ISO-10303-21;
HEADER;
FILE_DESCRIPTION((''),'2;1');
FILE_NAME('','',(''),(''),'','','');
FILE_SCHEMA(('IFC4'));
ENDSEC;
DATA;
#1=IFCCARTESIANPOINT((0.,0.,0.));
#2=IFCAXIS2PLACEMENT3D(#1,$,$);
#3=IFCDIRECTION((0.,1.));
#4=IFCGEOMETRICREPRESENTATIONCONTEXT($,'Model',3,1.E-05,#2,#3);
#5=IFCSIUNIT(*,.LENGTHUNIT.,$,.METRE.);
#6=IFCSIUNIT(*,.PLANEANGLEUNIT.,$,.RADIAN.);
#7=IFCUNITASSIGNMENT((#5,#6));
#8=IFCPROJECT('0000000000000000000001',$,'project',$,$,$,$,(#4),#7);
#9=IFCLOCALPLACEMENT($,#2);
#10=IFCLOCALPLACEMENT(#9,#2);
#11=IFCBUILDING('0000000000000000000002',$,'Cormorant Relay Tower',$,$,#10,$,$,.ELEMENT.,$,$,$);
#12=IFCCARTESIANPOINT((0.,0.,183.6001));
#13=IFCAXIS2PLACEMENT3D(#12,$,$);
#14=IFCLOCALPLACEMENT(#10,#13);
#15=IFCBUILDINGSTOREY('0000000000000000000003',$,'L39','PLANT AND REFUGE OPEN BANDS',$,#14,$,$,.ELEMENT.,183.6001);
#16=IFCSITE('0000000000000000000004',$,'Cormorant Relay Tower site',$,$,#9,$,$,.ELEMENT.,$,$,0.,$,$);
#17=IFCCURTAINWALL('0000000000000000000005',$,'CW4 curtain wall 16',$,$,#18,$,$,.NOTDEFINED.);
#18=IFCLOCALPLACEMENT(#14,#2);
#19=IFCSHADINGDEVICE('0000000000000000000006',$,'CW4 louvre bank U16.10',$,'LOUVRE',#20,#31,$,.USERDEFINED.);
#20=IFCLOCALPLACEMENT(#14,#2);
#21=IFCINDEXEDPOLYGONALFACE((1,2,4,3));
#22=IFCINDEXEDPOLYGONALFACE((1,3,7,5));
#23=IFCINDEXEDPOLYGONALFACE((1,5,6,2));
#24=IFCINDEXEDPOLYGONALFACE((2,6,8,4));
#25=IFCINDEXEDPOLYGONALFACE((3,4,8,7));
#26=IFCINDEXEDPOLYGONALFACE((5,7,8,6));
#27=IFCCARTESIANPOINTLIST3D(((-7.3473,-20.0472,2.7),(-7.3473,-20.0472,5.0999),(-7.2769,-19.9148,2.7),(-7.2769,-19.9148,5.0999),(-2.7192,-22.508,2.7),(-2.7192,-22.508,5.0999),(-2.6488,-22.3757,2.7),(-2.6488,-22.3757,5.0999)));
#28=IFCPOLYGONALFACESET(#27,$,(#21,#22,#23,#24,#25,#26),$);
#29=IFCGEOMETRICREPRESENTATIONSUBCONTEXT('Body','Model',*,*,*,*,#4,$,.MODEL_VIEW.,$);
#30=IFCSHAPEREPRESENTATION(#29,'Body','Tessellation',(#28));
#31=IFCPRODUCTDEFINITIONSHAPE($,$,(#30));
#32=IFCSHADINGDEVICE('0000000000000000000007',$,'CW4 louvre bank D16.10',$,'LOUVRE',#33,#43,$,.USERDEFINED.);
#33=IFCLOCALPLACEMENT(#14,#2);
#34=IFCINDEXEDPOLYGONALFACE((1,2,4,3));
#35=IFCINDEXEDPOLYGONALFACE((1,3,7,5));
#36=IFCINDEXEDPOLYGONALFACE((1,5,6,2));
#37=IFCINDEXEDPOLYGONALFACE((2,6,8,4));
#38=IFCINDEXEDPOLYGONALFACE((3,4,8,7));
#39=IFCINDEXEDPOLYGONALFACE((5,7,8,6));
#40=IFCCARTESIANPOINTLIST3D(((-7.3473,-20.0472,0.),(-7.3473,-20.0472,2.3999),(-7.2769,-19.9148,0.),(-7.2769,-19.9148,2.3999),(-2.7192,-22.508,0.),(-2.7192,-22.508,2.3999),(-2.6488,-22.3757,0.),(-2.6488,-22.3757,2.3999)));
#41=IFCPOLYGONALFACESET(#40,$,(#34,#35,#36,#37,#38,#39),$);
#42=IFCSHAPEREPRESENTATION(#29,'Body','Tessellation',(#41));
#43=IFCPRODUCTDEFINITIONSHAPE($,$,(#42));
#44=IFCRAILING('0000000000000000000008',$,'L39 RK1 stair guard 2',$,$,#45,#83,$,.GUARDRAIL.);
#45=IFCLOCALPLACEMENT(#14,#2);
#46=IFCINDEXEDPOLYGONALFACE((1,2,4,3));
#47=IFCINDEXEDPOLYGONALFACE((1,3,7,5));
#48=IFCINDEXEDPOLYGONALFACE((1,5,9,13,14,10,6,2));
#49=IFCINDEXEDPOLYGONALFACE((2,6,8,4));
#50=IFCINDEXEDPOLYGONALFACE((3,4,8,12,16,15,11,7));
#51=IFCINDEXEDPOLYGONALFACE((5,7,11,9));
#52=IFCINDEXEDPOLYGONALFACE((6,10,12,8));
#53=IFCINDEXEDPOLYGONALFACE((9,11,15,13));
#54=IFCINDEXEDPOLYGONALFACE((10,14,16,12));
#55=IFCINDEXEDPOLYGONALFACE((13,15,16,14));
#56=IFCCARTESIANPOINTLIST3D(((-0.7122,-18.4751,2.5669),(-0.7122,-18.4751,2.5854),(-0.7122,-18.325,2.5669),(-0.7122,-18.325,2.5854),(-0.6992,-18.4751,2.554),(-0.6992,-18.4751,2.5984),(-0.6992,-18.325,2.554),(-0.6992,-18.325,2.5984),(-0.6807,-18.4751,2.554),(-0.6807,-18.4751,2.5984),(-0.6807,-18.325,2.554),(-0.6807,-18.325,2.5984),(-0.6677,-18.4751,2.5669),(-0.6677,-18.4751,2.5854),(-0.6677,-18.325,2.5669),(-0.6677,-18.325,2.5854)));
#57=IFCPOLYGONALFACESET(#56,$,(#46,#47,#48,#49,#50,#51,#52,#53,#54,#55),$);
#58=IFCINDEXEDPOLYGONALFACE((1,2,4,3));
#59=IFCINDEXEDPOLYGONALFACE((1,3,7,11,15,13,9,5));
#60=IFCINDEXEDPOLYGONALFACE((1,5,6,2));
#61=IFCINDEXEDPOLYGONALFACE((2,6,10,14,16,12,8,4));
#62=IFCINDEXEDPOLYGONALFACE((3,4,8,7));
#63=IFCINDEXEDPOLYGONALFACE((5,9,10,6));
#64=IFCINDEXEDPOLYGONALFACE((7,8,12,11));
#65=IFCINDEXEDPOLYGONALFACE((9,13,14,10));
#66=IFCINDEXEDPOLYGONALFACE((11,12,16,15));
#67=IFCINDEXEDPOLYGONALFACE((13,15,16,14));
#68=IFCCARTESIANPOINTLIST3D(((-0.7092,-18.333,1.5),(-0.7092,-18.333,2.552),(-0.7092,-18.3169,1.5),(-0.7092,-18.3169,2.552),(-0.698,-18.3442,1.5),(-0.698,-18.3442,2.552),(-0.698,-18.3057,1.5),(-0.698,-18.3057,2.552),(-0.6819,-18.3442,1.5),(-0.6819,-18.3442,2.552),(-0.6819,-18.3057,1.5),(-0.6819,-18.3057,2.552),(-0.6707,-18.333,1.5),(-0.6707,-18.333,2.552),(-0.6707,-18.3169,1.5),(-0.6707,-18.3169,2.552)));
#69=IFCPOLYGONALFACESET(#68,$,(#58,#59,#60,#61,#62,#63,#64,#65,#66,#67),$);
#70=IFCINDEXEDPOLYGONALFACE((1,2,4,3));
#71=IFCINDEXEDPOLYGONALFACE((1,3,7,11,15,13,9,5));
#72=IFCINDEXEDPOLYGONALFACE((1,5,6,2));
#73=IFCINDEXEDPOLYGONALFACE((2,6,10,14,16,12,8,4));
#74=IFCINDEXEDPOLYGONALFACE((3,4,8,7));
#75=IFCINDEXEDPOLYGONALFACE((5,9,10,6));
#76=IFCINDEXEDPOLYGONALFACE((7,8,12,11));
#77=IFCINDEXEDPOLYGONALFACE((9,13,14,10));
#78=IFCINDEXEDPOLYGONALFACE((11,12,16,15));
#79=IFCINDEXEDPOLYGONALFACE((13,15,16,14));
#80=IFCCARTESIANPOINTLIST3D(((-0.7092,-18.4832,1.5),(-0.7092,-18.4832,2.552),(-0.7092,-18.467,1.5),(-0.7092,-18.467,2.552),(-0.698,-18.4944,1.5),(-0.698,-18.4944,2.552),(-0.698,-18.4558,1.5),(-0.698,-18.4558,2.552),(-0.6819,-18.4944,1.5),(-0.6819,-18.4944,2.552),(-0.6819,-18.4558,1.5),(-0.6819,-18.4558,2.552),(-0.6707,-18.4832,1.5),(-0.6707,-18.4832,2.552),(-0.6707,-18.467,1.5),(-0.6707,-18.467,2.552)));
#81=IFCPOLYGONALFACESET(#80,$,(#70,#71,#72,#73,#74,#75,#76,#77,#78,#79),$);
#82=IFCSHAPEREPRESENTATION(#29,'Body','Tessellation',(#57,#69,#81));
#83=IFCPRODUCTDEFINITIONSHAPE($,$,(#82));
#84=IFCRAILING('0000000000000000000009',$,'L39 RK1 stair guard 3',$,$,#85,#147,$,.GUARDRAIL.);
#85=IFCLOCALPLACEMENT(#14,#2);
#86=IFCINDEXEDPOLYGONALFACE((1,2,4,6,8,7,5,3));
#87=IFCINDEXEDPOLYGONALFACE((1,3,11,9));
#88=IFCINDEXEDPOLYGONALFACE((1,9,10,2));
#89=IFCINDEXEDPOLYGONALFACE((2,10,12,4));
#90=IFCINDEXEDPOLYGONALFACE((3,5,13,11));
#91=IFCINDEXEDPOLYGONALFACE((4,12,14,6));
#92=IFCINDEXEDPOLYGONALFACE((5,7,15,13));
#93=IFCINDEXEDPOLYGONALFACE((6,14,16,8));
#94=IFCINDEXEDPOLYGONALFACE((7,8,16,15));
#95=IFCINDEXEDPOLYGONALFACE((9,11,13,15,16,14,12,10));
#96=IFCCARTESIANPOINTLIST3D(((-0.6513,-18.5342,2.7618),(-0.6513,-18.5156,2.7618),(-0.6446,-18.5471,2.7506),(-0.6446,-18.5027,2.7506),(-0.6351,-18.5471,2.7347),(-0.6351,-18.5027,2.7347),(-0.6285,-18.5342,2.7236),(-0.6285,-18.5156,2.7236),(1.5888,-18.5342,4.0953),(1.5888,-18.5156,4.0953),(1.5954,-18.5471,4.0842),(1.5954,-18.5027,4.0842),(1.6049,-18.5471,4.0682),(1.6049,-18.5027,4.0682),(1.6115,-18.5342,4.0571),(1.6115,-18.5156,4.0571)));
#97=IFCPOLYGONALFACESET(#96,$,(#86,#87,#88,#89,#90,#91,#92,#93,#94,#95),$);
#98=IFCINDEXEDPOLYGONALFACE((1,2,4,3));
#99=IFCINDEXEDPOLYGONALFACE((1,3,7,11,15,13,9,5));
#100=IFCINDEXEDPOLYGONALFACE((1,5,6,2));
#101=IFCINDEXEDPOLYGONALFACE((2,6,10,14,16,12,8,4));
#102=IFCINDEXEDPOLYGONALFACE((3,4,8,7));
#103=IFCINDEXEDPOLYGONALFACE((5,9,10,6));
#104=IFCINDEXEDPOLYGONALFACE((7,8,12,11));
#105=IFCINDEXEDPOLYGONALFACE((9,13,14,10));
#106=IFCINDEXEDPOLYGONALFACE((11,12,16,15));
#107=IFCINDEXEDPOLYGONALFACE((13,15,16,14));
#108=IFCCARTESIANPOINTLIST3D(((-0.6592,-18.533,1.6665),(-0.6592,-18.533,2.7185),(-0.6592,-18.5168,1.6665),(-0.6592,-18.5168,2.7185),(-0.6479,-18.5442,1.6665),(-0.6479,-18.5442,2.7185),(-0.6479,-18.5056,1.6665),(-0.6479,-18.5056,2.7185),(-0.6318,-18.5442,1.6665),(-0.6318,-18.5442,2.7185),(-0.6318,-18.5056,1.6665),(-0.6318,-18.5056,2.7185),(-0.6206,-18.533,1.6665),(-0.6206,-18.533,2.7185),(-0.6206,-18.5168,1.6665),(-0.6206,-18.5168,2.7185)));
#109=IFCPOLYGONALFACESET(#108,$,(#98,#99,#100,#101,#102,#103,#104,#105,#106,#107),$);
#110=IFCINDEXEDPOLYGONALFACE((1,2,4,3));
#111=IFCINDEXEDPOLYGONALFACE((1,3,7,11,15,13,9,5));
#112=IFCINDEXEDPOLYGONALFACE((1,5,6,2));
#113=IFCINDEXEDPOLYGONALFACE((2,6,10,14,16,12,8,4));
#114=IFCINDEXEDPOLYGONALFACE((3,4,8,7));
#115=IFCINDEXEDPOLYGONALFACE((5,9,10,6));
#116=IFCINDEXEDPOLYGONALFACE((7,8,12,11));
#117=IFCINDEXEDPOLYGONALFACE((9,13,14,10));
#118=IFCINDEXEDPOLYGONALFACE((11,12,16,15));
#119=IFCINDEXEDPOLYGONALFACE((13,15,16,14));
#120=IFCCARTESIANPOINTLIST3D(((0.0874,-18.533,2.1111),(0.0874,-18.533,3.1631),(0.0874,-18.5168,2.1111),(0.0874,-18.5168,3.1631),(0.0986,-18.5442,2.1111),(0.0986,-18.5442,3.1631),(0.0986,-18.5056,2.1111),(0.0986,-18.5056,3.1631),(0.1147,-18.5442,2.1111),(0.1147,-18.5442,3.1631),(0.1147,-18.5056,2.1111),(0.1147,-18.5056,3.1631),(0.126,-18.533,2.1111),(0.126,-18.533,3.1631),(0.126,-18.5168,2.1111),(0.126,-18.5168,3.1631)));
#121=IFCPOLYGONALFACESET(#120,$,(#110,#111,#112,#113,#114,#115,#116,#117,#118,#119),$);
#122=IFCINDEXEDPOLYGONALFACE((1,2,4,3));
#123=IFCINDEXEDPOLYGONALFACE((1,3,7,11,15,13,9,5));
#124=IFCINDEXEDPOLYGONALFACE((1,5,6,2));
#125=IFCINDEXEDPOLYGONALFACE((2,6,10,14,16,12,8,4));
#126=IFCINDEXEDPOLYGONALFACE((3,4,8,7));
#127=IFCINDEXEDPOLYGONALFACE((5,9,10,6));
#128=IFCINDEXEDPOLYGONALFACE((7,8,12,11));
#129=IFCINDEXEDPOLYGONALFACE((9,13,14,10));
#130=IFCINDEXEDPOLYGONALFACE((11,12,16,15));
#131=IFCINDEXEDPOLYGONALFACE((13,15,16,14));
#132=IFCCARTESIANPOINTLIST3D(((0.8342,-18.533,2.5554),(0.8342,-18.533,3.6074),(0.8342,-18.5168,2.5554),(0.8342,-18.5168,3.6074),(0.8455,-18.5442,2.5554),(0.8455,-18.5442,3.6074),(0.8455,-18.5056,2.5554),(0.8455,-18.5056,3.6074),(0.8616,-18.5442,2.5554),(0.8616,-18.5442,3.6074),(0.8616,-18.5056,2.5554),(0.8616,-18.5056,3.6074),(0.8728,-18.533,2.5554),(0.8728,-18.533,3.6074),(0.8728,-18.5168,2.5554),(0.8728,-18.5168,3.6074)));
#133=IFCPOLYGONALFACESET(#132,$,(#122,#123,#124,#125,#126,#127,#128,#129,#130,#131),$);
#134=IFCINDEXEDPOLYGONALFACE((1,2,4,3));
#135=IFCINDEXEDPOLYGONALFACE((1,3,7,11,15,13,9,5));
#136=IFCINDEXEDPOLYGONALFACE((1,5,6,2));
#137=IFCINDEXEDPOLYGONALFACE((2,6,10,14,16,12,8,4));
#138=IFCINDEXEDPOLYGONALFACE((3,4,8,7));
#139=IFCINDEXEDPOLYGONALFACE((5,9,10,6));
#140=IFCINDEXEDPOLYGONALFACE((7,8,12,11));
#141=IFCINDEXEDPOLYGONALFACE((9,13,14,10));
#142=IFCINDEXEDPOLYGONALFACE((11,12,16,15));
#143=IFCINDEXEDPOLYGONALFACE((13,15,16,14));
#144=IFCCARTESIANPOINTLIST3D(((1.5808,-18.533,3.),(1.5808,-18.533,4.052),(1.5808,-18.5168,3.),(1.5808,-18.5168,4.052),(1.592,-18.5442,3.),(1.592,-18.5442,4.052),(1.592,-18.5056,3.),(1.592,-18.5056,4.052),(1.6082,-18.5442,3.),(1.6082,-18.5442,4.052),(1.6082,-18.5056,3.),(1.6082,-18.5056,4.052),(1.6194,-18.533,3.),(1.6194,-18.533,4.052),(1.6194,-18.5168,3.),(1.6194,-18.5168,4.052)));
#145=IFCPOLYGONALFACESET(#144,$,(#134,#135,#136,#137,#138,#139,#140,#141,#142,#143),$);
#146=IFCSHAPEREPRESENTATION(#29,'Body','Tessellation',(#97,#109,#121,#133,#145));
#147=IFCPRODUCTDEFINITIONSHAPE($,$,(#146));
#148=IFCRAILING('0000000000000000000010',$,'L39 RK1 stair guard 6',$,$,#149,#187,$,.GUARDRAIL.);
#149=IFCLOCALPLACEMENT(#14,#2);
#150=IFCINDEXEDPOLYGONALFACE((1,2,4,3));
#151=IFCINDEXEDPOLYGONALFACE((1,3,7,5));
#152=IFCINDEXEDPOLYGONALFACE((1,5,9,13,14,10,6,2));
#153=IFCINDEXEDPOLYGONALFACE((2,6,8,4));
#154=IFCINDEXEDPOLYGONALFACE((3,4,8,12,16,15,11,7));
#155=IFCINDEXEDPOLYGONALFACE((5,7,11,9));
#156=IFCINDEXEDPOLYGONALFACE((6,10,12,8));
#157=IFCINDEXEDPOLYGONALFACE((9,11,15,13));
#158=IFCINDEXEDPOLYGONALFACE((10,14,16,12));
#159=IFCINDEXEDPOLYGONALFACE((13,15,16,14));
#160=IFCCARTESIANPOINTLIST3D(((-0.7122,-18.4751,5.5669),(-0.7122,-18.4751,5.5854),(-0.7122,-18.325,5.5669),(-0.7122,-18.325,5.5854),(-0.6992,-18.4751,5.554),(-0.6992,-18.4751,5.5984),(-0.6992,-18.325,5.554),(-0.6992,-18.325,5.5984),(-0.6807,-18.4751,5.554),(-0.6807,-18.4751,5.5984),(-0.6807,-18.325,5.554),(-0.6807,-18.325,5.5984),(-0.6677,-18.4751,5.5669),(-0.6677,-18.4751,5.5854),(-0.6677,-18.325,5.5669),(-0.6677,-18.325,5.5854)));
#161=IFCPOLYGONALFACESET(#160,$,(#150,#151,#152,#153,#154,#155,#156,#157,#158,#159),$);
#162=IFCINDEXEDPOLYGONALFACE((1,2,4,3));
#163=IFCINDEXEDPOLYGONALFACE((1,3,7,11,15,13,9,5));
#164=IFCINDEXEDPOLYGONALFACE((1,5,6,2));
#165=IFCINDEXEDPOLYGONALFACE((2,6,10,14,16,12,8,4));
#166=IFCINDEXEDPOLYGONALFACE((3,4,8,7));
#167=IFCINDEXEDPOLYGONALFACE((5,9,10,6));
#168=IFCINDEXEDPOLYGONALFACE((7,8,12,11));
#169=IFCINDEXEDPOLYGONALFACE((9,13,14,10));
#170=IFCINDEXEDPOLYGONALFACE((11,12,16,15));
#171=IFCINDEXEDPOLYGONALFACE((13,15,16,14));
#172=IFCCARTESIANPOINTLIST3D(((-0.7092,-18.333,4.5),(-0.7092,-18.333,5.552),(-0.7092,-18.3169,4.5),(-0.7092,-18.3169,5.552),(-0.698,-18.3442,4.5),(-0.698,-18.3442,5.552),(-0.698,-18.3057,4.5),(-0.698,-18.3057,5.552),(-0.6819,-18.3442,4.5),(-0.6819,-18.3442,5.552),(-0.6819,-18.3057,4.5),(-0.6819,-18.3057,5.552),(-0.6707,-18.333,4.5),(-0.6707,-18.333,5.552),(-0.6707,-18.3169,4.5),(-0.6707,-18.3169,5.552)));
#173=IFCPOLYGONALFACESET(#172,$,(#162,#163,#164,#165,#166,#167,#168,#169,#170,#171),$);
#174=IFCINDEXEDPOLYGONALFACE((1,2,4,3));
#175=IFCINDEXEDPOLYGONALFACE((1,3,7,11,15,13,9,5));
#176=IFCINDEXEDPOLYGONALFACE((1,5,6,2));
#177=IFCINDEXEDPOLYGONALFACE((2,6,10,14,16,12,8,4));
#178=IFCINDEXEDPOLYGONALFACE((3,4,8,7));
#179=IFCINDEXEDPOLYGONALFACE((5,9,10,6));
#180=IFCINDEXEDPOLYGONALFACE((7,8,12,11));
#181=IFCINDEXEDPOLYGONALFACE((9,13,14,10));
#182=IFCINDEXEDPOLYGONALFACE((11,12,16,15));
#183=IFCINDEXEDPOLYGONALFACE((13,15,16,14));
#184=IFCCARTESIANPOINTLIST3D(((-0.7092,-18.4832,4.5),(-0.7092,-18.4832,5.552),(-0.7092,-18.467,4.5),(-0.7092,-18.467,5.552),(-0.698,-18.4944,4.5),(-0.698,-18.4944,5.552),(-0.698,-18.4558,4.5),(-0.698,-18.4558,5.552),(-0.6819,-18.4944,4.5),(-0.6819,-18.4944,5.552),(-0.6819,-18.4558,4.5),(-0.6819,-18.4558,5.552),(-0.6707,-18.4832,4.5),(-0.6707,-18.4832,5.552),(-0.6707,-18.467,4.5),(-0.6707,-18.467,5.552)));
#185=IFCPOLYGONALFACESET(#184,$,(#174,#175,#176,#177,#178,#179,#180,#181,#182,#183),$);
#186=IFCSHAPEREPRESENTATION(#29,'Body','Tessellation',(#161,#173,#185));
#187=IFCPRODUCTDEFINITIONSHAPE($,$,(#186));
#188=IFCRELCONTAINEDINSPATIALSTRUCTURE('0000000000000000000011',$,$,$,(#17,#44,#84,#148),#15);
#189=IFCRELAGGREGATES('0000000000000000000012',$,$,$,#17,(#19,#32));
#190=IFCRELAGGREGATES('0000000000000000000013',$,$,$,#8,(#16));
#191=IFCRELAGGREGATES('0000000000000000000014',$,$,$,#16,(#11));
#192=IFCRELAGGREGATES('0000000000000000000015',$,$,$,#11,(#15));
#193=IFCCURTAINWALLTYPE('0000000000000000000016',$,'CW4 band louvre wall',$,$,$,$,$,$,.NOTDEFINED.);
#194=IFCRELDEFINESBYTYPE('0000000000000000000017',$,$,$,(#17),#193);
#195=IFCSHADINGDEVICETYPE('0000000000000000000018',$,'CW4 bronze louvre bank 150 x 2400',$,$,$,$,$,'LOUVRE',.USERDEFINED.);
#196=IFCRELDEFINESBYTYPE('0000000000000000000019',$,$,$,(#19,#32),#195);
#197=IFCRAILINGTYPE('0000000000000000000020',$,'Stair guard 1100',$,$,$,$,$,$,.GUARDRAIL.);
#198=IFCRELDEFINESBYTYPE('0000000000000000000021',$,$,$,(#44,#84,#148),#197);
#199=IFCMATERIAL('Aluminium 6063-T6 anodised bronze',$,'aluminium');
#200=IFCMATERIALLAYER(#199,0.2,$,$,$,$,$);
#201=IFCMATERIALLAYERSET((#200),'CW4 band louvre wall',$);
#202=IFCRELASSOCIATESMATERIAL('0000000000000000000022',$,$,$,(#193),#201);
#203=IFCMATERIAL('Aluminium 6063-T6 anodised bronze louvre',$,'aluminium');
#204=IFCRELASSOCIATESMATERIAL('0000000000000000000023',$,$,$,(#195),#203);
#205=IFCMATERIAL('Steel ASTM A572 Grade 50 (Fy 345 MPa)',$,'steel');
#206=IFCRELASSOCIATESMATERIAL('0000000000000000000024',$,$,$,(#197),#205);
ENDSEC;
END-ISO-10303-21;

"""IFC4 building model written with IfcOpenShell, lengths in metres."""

from ifc_helpers import new_model, si_unit, direction, frame, origin, origin_2d, place, context, subcontext, project, spatial, polyline, rectangle, outline, extrude, material, layer, layer_set, type_object, element, aggregate, save


model = new_model("IFC4")

# Units and contexts
model_context = context("Model", 3, precision=1e-05, world=origin(), true_north=direction((0.0, 1.0)))
body_context = subcontext(model_context, "Body", "Model", "MODEL_VIEW")
ifc_project = project(units=[si_unit("LENGTHUNIT", "METRE"), si_unit("PLANEANGLEUNIT", "RADIAN")], contexts=[model_context])

# Site, building, storey
site_placement = place(None, origin())
site = spatial("IfcSite", under=ifc_project, at=site_placement, Name="Cormorant Relay Tower site", CompositionType="ELEMENT", RefElevation=0.0)
building_placement = place(site_placement, origin())
building = spatial("IfcBuilding", under=site, at=building_placement, Name="Cormorant Relay Tower", CompositionType="ELEMENT")
storey_placement = place(building_placement, frame((0.0, 0.0, 183.6001)))
storey = spatial("IfcBuildingStorey", under=building, at=storey_placement, Name="L39", Description="PLANT AND REFUGE OPEN BANDS", CompositionType="ELEMENT", Elevation=183.6001)

# Shared definitions
ifc_material_1 = material(Name="Aluminium 6063-T6 anodised bronze", Category="aluminium")
ifc_layer_1 = layer(ifc_material_1, 0.2)
ifc_layer_set_1 = layer_set([ifc_layer_1], Name="CW4 band louvre wall")
curtain_wall_type = type_object("IfcCurtainWallType", Name="CW4 band louvre wall", PredefinedType="NOTDEFINED", material=ifc_layer_set_1)

# Curtain wall
curtain_wall_1_placement = place(storey_placement, origin())
curtain_wall_1 = element("IfcCurtainWall", 1, at=curtain_wall_1_placement, inside=storey, type_object=curtain_wall_type, Name="CW4 curtain wall 16", PredefinedType="NOTDEFINED")

# Shading devices
ifc_material_2 = material(Name="Aluminium 6063-T6 anodised bronze louvre", Category="aluminium")
shading_device_type = type_object("IfcShadingDeviceType", Name="CW4 bronze louvre bank 150 x 2400", ElementType="LOUVRE", PredefinedType="USERDEFINED", material=ifc_material_2)
shading_device_1_placement = place(storey_placement, frame((-4.998, -21.2114, 2.7), z_axis=(0.0, 0.0, 1.0), x_axis=(0.882948, -0.469472, 0.0)))
shading_device_1 = element("IfcShadingDevice", 2, at=shading_device_1_placement, type_object=shading_device_type, Name="CW4 louvre bank U16.10", ObjectType="LOUVRE", PredefinedType="USERDEFINED", context=body_context, shape_type="SweptSolid", body=[
    extrude(rectangle(XDim=5.2417, YDim=0.1499, at=origin_2d()), origin(), (0.0, 0.0, 1.0), 2.3999),
])
shading_device_2_placement = place(storey_placement, frame((-4.998, -21.2114, 0.0), z_axis=(0.0, 0.0, 1.0), x_axis=(0.882948, -0.469472, 0.0)))
shading_device_2 = element("IfcShadingDevice", 3, at=shading_device_2_placement, type_object=shading_device_type, Name="CW4 louvre bank D16.10", ObjectType="LOUVRE", PredefinedType="USERDEFINED", context=body_context, shape_type="SweptSolid", body=[
    extrude(rectangle(XDim=5.2417, YDim=0.1499, at=origin_2d()), origin(), (0.0, 0.0, 1.0), 2.3999),
])
aggregate(curtain_wall_1, [shading_device_1, shading_device_2])

# Railings
ifc_material_3 = material(Name="Steel ASTM A572 Grade 50 (Fy 345 MPa)", Category="steel")
railing_type_1 = type_object("IfcRailingType", Name="Stair guard 1100", PredefinedType="GUARDRAIL", material=ifc_material_3)
railing_1_placement = place(storey_placement, frame((-0.6899, -18.325, 1.5)))
element("IfcRailing", 4, at=railing_1_placement, inside=storey, type_object=railing_type_1, Name="L39 RK1 stair guard 2", PredefinedType="GUARDRAIL", context=body_context, shape_type="SweptSolid", body=[
    extrude(outline(polyline([(0.0222, 0.0093), (0.0093, 0.0222), (-0.0093, 0.0222), (-0.0222, 0.0093), (-0.0222, -0.0093), (-0.0093, -0.0222), (0.0093, -0.0222), (0.0222, -0.0093), (0.0222, 0.0093)])), frame((0.0, 0.0, 1.0762), z_axis=(0.0, -1.0, 0.0), x_axis=(1.0, 0.0, 0.0)), (0.0, 0.0, 1.0), 0.1501),
    extrude(outline(polyline([(0.0193, 0.0081), (0.0081, 0.0193), (-0.0081, 0.0193), (-0.0193, 0.0081), (-0.0193, -0.0081), (-0.0081, -0.0193), (0.0081, -0.0193), (0.0193, -0.0081), (0.0193, 0.0081)])), origin(), (0.0, 0.0, 1.0), 1.052),
    extrude(outline(polyline([(0.0193, 0.0081), (0.0081, 0.0193), (-0.0081, 0.0193), (-0.0193, 0.0081), (-0.0193, -0.0081), (-0.0081, -0.0193), (0.0081, -0.0193), (0.0193, -0.0081), (0.0193, 0.0081)])), frame((0.0, -0.1501, 0.0)), (0.0, 0.0, 1.0), 1.052),
])
railing_2_placement = place(storey_placement, frame((-0.6399, -18.5249, 1.6665)))
element("IfcRailing", 5, at=railing_2_placement, inside=storey, type_object=railing_type_1, Name="L39 RK1 stair guard 3", PredefinedType="GUARDRAIL", context=body_context, shape_type="SweptSolid", body=[
    extrude(outline(polyline([(0.0222, 0.0093), (0.0093, 0.0222), (-0.0093, 0.0222), (-0.0222, 0.0093), (-0.0222, -0.0093), (-0.0093, -0.0222), (0.0093, -0.0222), (0.0222, -0.0093), (0.0222, 0.0093)])), frame((0.0, 0.0, 1.0762), z_axis=(0.859264, 0.0, 0.511532), x_axis=(0.0, 1.0, 0.0)), (0.0, 0.0, 1.0), 2.6069),
    extrude(outline(polyline([(0.0193, 0.0081), (0.0081, 0.0193), (-0.0081, 0.0193), (-0.0193, 0.0081), (-0.0193, -0.0081), (-0.0081, -0.0193), (0.0081, -0.0193), (0.0193, -0.0081), (0.0193, 0.0081)])), origin(), (0.0, 0.0, 1.0), 1.052),
    extrude(outline(polyline([(0.0193, 0.0081), (0.0081, 0.0193), (-0.0081, 0.0193), (-0.0193, 0.0081), (-0.0193, -0.0081), (-0.0081, -0.0193), (0.0081, -0.0193), (0.0193, -0.0081), (0.0193, 0.0081)])), frame((0.7466, 0.0, 0.4446)), (0.0, 0.0, 1.0), 1.052),
    extrude(outline(polyline([(0.0193, 0.0081), (0.0081, 0.0193), (-0.0081, 0.0193), (-0.0193, 0.0081), (-0.0193, -0.0081), (-0.0081, -0.0193), (0.0081, -0.0193), (0.0193, -0.0081), (0.0193, 0.0081)])), frame((1.4934, 0.0, 0.8889)), (0.0, 0.0, 1.0), 1.052),
    extrude(outline(polyline([(0.0193, 0.0081), (0.0081, 0.0193), (-0.0081, 0.0193), (-0.0193, 0.0081), (-0.0193, -0.0081), (-0.0081, -0.0193), (0.0081, -0.0193), (0.0193, -0.0081), (0.0193, 0.0081)])), frame((2.24, 0.0, 1.3335)), (0.0, 0.0, 1.0), 1.052),
])
railing_3_placement = place(storey_placement, frame((-0.6899, -18.325, 4.5)))
element("IfcRailing", 6, at=railing_3_placement, inside=storey, type_object=railing_type_1, Name="L39 RK1 stair guard 6", PredefinedType="GUARDRAIL", context=body_context, shape_type="SweptSolid", body=[
    extrude(outline(polyline([(0.0222, 0.0093), (0.0093, 0.0222), (-0.0093, 0.0222), (-0.0222, 0.0093), (-0.0222, -0.0093), (-0.0093, -0.0222), (0.0093, -0.0222), (0.0222, -0.0093), (0.0222, 0.0093)])), frame((0.0, 0.0, 1.0762), z_axis=(0.0, -1.0, 0.0), x_axis=(1.0, 0.0, 0.0)), (0.0, 0.0, 1.0), 0.1501),
    extrude(outline(polyline([(0.0193, 0.0081), (0.0081, 0.0193), (-0.0081, 0.0193), (-0.0193, 0.0081), (-0.0193, -0.0081), (-0.0081, -0.0193), (0.0081, -0.0193), (0.0193, -0.0081), (0.0193, 0.0081)])), origin(), (0.0, 0.0, 1.0), 1.052),
    extrude(outline(polyline([(0.0193, 0.0081), (0.0081, 0.0193), (-0.0081, 0.0193), (-0.0193, 0.0081), (-0.0193, -0.0081), (-0.0081, -0.0193), (0.0081, -0.0193), (0.0193, -0.0081), (0.0193, 0.0081)])), frame((0.0, -0.1501, 0.0)), (0.0, 0.0, 1.0), 1.052),
])

save(model, "model.ifc")
